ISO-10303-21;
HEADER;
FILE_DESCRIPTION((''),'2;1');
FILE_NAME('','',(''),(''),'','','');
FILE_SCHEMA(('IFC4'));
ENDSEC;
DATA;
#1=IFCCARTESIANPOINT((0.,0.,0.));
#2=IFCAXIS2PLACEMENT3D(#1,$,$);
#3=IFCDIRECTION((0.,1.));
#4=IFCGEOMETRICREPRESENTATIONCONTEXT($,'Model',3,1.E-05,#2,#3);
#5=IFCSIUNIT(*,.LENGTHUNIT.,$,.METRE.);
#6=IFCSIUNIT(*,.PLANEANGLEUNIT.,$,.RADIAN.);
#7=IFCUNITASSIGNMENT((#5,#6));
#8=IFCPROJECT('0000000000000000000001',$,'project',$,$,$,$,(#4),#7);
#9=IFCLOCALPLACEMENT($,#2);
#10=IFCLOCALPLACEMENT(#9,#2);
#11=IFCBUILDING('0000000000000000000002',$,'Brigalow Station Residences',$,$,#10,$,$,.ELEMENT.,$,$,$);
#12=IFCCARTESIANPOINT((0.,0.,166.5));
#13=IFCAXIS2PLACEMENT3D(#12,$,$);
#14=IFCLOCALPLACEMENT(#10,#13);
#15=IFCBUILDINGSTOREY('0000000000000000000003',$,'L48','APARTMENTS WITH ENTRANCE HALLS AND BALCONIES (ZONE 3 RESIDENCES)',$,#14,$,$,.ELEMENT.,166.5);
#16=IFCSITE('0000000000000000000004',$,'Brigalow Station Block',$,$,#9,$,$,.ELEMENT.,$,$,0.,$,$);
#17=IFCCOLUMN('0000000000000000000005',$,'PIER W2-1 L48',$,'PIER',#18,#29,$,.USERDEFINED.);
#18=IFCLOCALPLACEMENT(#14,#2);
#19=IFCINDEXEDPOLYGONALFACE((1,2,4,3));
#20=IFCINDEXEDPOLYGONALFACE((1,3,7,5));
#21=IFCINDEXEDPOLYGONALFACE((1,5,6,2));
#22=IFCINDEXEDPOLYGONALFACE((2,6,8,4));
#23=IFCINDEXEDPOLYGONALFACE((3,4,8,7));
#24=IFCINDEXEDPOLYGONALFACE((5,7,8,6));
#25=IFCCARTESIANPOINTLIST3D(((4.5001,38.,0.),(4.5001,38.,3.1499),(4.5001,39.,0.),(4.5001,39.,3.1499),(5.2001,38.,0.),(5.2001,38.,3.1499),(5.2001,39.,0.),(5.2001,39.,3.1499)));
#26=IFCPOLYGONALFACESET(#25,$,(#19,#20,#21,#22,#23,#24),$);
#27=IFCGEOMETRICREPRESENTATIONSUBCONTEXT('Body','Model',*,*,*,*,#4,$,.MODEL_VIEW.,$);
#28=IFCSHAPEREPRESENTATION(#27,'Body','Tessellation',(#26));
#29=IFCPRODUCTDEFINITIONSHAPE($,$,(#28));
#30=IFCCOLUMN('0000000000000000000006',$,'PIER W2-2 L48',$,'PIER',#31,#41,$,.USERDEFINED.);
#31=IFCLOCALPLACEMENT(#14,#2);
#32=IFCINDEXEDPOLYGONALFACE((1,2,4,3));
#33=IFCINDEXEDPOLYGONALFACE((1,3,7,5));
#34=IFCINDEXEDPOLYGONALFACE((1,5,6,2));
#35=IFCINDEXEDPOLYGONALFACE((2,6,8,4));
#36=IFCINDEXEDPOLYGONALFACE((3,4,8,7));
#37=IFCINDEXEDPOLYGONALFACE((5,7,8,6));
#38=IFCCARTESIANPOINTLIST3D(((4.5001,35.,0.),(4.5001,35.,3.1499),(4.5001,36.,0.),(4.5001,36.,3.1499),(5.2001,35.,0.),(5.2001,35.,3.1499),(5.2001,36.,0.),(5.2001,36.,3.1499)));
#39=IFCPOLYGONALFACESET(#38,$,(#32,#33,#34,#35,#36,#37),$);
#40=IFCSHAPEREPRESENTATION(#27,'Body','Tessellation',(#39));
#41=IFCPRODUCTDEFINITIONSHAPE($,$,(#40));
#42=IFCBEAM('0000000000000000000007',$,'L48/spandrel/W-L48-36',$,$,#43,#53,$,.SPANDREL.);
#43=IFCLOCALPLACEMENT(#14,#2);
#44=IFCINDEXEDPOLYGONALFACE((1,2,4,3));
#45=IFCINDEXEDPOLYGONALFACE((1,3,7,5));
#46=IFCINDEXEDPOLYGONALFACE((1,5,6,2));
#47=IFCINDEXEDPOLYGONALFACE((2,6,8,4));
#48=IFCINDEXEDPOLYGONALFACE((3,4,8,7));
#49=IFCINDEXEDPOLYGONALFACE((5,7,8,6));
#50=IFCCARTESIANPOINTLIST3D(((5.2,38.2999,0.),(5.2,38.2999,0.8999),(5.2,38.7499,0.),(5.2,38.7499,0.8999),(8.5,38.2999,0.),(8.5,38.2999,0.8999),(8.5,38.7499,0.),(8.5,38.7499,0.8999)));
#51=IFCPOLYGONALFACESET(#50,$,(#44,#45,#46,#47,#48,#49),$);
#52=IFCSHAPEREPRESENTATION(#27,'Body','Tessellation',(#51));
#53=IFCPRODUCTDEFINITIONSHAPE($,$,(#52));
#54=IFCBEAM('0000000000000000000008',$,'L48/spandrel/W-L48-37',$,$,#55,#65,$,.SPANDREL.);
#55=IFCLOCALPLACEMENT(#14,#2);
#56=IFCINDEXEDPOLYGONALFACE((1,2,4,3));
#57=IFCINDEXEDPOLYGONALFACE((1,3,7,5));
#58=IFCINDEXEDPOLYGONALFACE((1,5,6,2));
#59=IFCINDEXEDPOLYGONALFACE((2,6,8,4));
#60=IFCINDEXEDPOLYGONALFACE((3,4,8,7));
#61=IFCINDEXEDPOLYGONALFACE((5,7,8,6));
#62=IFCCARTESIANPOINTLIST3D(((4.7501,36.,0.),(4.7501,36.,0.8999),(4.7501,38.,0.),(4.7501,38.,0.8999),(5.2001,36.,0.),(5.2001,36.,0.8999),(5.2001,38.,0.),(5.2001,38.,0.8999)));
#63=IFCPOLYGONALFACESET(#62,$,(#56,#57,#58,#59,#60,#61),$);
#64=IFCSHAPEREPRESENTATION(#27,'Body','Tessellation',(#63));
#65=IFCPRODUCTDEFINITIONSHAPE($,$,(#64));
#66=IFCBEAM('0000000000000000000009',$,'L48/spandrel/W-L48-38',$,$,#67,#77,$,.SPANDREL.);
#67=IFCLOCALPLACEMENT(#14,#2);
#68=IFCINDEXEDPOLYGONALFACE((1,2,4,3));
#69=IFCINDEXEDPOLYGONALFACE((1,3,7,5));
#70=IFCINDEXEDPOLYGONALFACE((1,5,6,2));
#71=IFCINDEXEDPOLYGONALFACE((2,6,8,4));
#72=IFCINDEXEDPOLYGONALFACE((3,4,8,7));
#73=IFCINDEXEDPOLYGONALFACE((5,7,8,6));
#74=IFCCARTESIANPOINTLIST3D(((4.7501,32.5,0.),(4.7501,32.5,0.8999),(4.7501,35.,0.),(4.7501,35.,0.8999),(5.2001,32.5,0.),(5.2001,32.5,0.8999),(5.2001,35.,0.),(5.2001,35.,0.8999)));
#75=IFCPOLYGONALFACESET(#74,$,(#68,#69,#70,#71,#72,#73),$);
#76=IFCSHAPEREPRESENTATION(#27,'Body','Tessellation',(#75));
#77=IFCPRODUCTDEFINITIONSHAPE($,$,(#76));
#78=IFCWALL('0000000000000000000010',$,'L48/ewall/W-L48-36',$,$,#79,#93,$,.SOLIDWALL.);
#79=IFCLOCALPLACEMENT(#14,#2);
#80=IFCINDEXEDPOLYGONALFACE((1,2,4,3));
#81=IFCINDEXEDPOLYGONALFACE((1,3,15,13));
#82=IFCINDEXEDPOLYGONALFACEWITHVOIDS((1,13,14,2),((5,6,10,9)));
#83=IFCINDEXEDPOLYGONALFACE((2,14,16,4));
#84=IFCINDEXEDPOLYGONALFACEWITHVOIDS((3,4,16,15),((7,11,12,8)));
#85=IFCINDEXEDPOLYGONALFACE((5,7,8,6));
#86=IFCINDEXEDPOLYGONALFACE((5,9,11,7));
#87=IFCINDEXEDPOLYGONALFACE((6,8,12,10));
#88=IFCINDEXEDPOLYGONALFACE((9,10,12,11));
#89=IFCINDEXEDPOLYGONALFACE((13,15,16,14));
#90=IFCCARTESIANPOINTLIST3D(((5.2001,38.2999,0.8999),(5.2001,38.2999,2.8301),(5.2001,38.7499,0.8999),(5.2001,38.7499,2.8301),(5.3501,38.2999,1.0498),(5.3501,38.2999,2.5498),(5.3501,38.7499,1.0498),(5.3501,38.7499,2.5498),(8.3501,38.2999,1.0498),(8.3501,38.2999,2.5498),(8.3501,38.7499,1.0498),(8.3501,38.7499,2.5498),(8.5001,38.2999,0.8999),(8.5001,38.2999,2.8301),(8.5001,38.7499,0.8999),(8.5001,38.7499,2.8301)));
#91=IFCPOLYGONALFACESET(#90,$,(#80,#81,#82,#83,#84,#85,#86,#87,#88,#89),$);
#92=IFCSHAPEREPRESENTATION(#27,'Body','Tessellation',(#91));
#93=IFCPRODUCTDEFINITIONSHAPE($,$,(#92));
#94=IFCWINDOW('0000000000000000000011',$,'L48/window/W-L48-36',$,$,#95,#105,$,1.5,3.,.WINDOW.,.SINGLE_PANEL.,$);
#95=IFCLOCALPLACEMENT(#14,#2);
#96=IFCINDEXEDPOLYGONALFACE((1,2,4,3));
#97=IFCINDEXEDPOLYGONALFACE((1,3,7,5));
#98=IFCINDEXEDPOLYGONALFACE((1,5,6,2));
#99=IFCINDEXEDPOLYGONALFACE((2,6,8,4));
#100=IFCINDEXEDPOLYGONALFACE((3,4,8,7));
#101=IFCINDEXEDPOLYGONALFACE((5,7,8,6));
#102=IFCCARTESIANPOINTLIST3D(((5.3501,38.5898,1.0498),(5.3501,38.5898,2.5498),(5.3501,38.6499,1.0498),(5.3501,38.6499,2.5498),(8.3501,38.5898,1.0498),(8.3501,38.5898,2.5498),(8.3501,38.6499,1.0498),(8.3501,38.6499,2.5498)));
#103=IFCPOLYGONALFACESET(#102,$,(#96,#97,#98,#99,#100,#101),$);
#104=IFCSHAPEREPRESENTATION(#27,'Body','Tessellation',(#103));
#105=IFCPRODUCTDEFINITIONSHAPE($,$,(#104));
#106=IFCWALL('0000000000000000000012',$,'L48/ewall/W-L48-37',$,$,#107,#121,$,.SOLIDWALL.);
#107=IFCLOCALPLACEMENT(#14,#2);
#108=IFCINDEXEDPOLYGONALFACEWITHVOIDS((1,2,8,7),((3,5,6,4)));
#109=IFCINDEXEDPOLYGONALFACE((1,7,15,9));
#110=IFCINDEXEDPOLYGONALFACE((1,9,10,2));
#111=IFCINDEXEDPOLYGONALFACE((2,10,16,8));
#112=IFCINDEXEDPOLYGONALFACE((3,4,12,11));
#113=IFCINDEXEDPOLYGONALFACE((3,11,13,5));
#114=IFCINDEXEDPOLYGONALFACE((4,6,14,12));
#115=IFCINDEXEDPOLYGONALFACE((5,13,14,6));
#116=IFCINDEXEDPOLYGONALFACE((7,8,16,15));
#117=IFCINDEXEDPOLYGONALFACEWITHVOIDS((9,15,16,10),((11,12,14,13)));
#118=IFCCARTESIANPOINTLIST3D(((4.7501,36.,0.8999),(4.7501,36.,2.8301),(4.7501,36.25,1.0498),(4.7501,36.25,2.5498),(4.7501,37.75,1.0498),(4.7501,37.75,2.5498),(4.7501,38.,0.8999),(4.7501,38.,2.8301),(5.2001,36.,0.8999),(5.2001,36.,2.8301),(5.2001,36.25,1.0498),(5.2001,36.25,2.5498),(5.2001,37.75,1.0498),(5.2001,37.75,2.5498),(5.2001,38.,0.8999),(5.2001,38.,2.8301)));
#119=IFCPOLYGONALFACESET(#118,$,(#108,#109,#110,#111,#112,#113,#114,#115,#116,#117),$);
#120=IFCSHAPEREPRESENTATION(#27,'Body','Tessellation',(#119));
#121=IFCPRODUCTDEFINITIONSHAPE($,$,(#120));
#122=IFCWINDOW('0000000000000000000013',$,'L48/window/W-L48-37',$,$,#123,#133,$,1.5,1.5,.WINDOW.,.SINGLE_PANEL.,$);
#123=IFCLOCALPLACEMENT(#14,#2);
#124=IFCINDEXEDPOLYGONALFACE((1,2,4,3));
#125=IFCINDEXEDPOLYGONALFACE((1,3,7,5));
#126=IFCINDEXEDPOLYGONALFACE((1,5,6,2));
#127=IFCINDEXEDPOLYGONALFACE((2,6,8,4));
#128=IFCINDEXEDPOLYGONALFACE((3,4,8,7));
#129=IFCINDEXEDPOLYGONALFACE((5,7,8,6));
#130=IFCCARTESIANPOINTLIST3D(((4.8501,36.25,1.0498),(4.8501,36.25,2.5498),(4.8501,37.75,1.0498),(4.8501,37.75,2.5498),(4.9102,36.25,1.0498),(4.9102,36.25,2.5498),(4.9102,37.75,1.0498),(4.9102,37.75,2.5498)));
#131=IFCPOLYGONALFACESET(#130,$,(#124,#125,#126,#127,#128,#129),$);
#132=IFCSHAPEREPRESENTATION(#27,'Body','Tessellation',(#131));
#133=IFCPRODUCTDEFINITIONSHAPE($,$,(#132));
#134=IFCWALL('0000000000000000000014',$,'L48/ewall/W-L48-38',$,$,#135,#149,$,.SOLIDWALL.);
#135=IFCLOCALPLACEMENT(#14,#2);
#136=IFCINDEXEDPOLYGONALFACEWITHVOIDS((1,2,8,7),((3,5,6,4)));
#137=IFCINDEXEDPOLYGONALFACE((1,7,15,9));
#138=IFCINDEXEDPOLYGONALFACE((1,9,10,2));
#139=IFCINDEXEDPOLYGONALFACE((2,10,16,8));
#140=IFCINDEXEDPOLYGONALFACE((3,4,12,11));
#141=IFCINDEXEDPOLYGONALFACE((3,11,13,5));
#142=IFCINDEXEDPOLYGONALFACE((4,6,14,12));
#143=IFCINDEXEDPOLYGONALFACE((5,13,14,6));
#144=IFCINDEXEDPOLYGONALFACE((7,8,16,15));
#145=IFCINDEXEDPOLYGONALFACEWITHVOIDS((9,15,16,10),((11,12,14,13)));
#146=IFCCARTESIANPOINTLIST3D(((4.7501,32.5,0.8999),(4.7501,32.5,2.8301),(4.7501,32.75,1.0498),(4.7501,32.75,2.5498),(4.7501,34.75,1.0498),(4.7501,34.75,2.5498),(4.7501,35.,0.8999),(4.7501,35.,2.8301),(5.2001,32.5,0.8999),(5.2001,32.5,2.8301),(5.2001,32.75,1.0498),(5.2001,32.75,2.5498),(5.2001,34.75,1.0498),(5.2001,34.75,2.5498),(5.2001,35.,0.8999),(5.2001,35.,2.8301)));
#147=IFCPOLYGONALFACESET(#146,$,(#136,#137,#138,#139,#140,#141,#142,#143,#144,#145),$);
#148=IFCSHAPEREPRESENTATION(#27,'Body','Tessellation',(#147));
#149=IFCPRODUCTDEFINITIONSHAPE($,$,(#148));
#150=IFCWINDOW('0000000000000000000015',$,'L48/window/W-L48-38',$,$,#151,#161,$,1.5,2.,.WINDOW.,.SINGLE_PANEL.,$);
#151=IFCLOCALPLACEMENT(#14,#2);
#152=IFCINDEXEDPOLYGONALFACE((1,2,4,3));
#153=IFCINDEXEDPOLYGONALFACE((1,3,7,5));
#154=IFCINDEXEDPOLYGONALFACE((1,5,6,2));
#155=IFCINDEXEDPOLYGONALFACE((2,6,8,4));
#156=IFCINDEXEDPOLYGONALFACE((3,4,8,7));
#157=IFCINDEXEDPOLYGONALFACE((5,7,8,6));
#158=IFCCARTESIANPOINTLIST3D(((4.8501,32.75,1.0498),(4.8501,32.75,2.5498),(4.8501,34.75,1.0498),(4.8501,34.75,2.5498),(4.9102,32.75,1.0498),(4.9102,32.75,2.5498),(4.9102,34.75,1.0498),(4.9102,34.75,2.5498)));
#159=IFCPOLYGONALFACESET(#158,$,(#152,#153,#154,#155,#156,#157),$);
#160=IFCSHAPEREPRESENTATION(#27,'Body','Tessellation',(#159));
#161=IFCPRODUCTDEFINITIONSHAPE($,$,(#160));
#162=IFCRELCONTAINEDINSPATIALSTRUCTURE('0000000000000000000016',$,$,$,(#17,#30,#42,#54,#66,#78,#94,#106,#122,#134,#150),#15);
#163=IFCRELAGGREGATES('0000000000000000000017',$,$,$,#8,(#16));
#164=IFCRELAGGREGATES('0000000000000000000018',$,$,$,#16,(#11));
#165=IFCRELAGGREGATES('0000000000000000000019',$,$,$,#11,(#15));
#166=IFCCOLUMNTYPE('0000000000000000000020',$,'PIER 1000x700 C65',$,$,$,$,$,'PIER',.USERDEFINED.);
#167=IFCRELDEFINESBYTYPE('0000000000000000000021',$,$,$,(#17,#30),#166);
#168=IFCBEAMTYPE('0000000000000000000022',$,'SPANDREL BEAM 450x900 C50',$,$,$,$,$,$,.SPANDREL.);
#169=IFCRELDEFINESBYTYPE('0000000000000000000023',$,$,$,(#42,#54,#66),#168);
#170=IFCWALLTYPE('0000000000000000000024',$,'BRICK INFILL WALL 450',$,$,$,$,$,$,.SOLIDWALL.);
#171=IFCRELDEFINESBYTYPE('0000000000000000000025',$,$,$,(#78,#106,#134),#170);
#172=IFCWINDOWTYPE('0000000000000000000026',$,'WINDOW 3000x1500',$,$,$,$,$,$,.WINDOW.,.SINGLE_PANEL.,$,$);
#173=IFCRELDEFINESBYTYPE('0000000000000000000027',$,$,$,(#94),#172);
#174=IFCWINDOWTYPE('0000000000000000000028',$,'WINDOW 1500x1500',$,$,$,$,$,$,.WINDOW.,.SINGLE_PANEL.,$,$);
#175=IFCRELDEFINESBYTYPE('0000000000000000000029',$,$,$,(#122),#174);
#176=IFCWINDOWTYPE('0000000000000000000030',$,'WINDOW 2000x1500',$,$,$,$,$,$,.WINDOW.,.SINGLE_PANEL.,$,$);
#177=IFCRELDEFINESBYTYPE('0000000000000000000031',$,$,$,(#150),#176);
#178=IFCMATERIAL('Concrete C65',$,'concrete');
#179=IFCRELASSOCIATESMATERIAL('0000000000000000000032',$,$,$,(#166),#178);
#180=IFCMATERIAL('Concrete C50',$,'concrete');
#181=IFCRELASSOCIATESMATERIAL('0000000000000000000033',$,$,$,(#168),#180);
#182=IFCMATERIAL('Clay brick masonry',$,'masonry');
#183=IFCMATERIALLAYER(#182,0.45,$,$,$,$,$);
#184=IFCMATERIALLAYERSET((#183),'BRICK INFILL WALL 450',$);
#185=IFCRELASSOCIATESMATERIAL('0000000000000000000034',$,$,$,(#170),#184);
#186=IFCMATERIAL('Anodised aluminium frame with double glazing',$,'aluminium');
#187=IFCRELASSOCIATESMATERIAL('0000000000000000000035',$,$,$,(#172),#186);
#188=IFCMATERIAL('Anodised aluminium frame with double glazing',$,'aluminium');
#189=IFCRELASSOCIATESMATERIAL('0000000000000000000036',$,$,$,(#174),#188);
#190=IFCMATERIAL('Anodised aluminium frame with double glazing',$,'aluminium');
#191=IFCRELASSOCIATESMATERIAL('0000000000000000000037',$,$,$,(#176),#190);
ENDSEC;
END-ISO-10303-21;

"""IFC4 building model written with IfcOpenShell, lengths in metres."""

from ifc_helpers import new_model, si_unit, direction, frame, frame_2d, origin, origin_2d, place, context, subcontext, project, spatial, rectangle, extrude, material, layer, layer_set, material_profile, profile_set, type_object, element, fill, save


model = new_model("IFC4")

# Units and contexts
model_context = context("Model", 3, precision=1e-05, world=origin(), true_north=direction((0.0, 1.0)))
body_context = subcontext(model_context, "Body", "Model", "MODEL_VIEW")
ifc_project = project(units=[si_unit("LENGTHUNIT", "METRE"), si_unit("PLANEANGLEUNIT", "RADIAN")], contexts=[model_context])

# Site, building, storey
site_placement = place(None, origin())
site = spatial("IfcSite", under=ifc_project, at=site_placement, Name="Brigalow Station Block", CompositionType="ELEMENT", RefElevation=0.0)
building_placement = place(site_placement, origin())
building = spatial("IfcBuilding", under=site, at=building_placement, Name="Brigalow Station Residences", CompositionType="ELEMENT")
storey_placement = place(building_placement, frame((0.0, 0.0, 166.5)))
storey = spatial("IfcBuildingStorey", under=building, at=storey_placement, Name="L48", Description="APARTMENTS WITH ENTRANCE HALLS AND BALCONIES (ZONE 3 RESIDENCES)", CompositionType="ELEMENT", Elevation=166.5)

# Columns
ifc_material_1 = material(Name="Concrete C65", Category="concrete")
ifc_material_profile_1 = material_profile(ifc_material_1, rectangle(XDim=1.0, YDim=0.7, at=origin_2d()), Name="RC1000x700")
ifc_profile_set_1 = profile_set([ifc_material_profile_1], Name="Concrete C65")
column_type = type_object("IfcColumnType", Name="PIER 1000x700 C65", ElementType="PIER", PredefinedType="USERDEFINED", material=ifc_profile_set_1)
for number, where, z_axis, x_axis, name in (
    (1, (4.8501, 38.5, 0.0), (0.0, 0.0, 1.0), (0.0, -1.0, 0.0), "PIER W2-1 L48"),
    (2, (4.8501, 35.5, 0.0), (0.0, 0.0, 1.0), (0.0, -1.0, 0.0), "PIER W2-2 L48"),
):
    element("IfcColumn", number, at=place(storey_placement, frame(where, z_axis=z_axis, x_axis=x_axis)), inside=storey, type_object=column_type, Name=name, ObjectType="PIER", PredefinedType="USERDEFINED", context=body_context, shape_type="SweptSolid", body=[
        extrude(rectangle(XDim=1.0, YDim=0.7, at=origin_2d()), origin(), (0.0, 0.0, 1.0), 3.1499),
    ])

# Beams
ifc_material_2 = material(Name="Concrete C50", Category="concrete")
ifc_material_profile_2 = material_profile(ifc_material_2, rectangle(XDim=0.45, YDim=0.8999, at=origin_2d()), Name="RC450x900")
ifc_profile_set_2 = profile_set([ifc_material_profile_2], Name="Concrete C50")
beam_type = type_object("IfcBeamType", Name="SPANDREL BEAM 450x900 C50", PredefinedType="SPANDREL", material=ifc_profile_set_2)
beam_1_placement = place(storey_placement, frame((8.5, 38.5249, 0.45), z_axis=(-1.0, 0.0, 0.0), x_axis=(0.0, -1.0, 0.0)))
element("IfcBeam", 3, at=beam_1_placement, inside=storey, type_object=beam_type, Name="L48/spandrel/W-L48-36", PredefinedType="SPANDREL", context=body_context, shape_type="SweptSolid", body=[
    extrude(rectangle(XDim=0.45, YDim=0.8999, at=origin_2d()), origin(), (0.0, 0.0, 1.0), 3.3),
])
beam_2_placement = place(storey_placement, frame((4.9751, 38.0, 0.45), z_axis=(0.0, -1.0, 0.0), x_axis=(1.0, 0.0, 0.0)))
element("IfcBeam", 4, at=beam_2_placement, inside=storey, type_object=beam_type, Name="L48/spandrel/W-L48-37", PredefinedType="SPANDREL", context=body_context, shape_type="SweptSolid", body=[
    extrude(rectangle(XDim=0.45, YDim=0.8999, at=origin_2d()), origin(), (0.0, 0.0, 1.0), 2.0),
])
beam_3_placement = place(storey_placement, frame((4.9751, 35.0, 0.45), z_axis=(0.0, -1.0, 0.0), x_axis=(1.0, 0.0, 0.0)))
element("IfcBeam", 5, at=beam_3_placement, inside=storey, type_object=beam_type, Name="L48/spandrel/W-L48-38", PredefinedType="SPANDREL", context=body_context, shape_type="SweptSolid", body=[
    extrude(rectangle(XDim=0.45, YDim=0.8999, at=origin_2d()), origin(), (0.0, 0.0, 1.0), 2.5),
])

# Walls, openings, windows
ifc_material_3 = material(Name="Clay brick masonry", Category="masonry")
ifc_layer_1 = layer(ifc_material_3, 0.45)
ifc_layer_set_1 = layer_set([ifc_layer_1], Name="BRICK INFILL WALL 450")
wall_type_1 = type_object("IfcWallType", Name="BRICK INFILL WALL 450", PredefinedType="SOLIDWALL", material=ifc_layer_set_1)
wall_1_placement = place(storey_placement, frame((8.5, 38.5249, 0.8999), z_axis=(0.0, 0.0, 1.0), x_axis=(-1.0, 0.0, 0.0)))
wall_1 = element("IfcWall", 6, at=wall_1_placement, inside=storey, type_object=wall_type_1, Name="L48/ewall/W-L48-36", PredefinedType="SOLIDWALL", context=body_context, shape_type="SweptSolid", body=[
    extrude(rectangle(XDim=3.3, YDim=0.45, at=frame_2d((1.6499, 0.0))), origin(), (0.0, 0.0, 1.0), 1.9302),
])
opening_1_placement = place(wall_1_placement, frame((0.1499, 0.0, 0.1499)))
opening_1 = element("IfcOpeningElement", 7, at=opening_1_placement, cuts=wall_1, PredefinedType="OPENING", context=body_context, shape_type="SweptSolid", body=[
    extrude(rectangle(XDim=3.0, YDim=1.5, at=frame_2d((1.5, 0.75))), frame((0.0, 0.2349, 0.0), z_axis=(0.0, -1.0, 0.0), x_axis=(1.0, 0.0, 0.0)), (0.0, 0.0, 1.0), 0.47),
])
ifc_material_4 = material(Name="Anodised aluminium frame with double glazing", Category="aluminium")
window_type_1 = type_object("IfcWindowType", Name="WINDOW 3000x1500", PartitioningType="SINGLE_PANEL", PredefinedType="WINDOW", material=ifc_material_4)
window_1_placement = place(opening_1_placement, origin())
window_1 = element("IfcWindow", 8, at=window_1_placement, inside=storey, type_object=window_type_1, Name="L48/window/W-L48-36", OverallHeight=1.5, OverallWidth=3.0, PartitioningType="SINGLE_PANEL", PredefinedType="WINDOW", context=body_context, shape_type="SweptSolid", body=[
    extrude(rectangle(XDim=3.0, YDim=1.5, at=frame_2d((1.5, 0.75))), frame((0.0, -0.0649, 0.0), z_axis=(0.0, -1.0, 0.0), x_axis=(1.0, 0.0, 0.0)), (0.0, 0.0, 1.0), 0.0601),
])
fill(opening_1, window_1)
wall_2_placement = place(storey_placement, frame((4.9751, 38.0, 0.8999), z_axis=(0.0, 0.0, 1.0), x_axis=(0.0, -1.0, 0.0)))
wall_2 = element("IfcWall", 9, at=wall_2_placement, inside=storey, type_object=wall_type_1, Name="L48/ewall/W-L48-37", PredefinedType="SOLIDWALL", context=body_context, shape_type="SweptSolid", body=[
    extrude(rectangle(XDim=2.0, YDim=0.45, at=frame_2d((1.0, 0.0))), origin(), (0.0, 0.0, 1.0), 1.9302),
])
opening_2_placement = place(wall_2_placement, frame((0.25, 0.0, 0.1499)))
opening_2 = element("IfcOpeningElement", 10, at=opening_2_placement, cuts=wall_2, PredefinedType="OPENING", context=body_context, shape_type="SweptSolid", body=[
    extrude(rectangle(XDim=1.5, YDim=1.5, at=frame_2d((0.75, 0.75))), frame((0.0, 0.2349, 0.0), z_axis=(0.0, -1.0, 0.0), x_axis=(1.0, 0.0, 0.0)), (0.0, 0.0, 1.0), 0.47),
])
ifc_material_5 = material(Name="Anodised aluminium frame with double glazing", Category="aluminium")
window_type_2 = type_object("IfcWindowType", Name="WINDOW 1500x1500", PartitioningType="SINGLE_PANEL", PredefinedType="WINDOW", material=ifc_material_5)
window_2_placement = place(opening_2_placement, origin())
window_2 = element("IfcWindow", 11, at=window_2_placement, inside=storey, type_object=window_type_2, Name="L48/window/W-L48-37", OverallHeight=1.5, OverallWidth=1.5, PartitioningType="SINGLE_PANEL", PredefinedType="WINDOW", context=body_context, shape_type="SweptSolid", body=[
    extrude(rectangle(XDim=1.5, YDim=1.5, at=frame_2d((0.75, 0.75))), frame((0.0, -0.0649, 0.0), z_axis=(0.0, -1.0, 0.0), x_axis=(1.0, 0.0, 0.0)), (0.0, 0.0, 1.0), 0.0601),
])
fill(opening_2, window_2)
wall_3_placement = place(storey_placement, frame((4.9751, 35.0, 0.8999), z_axis=(0.0, 0.0, 1.0), x_axis=(0.0, -1.0, 0.0)))
wall_3 = element("IfcWall", 12, at=wall_3_placement, inside=storey, type_object=wall_type_1, Name="L48/ewall/W-L48-38", PredefinedType="SOLIDWALL", context=body_context, shape_type="SweptSolid", body=[
    extrude(rectangle(XDim=2.5, YDim=0.45, at=frame_2d((1.25, 0.0))), origin(), (0.0, 0.0, 1.0), 1.9302),
])
opening_3_placement = place(wall_3_placement, frame((0.25, 0.0, 0.1499)))
opening_3 = element("IfcOpeningElement", 13, at=opening_3_placement, cuts=wall_3, PredefinedType="OPENING", context=body_context, shape_type="SweptSolid", body=[
    extrude(rectangle(XDim=2.0, YDim=1.5, at=frame_2d((1.0, 0.75))), frame((0.0, 0.2349, 0.0), z_axis=(0.0, -1.0, 0.0), x_axis=(1.0, 0.0, 0.0)), (0.0, 0.0, 1.0), 0.47),
])
ifc_material_6 = material(Name="Anodised aluminium frame with double glazing", Category="aluminium")
window_type_3 = type_object("IfcWindowType", Name="WINDOW 2000x1500", PartitioningType="SINGLE_PANEL", PredefinedType="WINDOW", material=ifc_material_6)
window_3_placement = place(opening_3_placement, origin())
window_3 = element("IfcWindow", 14, at=window_3_placement, inside=storey, type_object=window_type_3, Name="L48/window/W-L48-38", OverallHeight=1.5, OverallWidth=2.0, PartitioningType="SINGLE_PANEL", PredefinedType="WINDOW", context=body_context, shape_type="SweptSolid", body=[
    extrude(rectangle(XDim=2.0, YDim=1.5, at=frame_2d((1.0, 0.75))), frame((0.0, -0.0649, 0.0), z_axis=(0.0, -1.0, 0.0), x_axis=(1.0, 0.0, 0.0)), (0.0, 0.0, 1.0), 0.0601),
])
fill(opening_3, window_3)

save(model, "model.ifc")
